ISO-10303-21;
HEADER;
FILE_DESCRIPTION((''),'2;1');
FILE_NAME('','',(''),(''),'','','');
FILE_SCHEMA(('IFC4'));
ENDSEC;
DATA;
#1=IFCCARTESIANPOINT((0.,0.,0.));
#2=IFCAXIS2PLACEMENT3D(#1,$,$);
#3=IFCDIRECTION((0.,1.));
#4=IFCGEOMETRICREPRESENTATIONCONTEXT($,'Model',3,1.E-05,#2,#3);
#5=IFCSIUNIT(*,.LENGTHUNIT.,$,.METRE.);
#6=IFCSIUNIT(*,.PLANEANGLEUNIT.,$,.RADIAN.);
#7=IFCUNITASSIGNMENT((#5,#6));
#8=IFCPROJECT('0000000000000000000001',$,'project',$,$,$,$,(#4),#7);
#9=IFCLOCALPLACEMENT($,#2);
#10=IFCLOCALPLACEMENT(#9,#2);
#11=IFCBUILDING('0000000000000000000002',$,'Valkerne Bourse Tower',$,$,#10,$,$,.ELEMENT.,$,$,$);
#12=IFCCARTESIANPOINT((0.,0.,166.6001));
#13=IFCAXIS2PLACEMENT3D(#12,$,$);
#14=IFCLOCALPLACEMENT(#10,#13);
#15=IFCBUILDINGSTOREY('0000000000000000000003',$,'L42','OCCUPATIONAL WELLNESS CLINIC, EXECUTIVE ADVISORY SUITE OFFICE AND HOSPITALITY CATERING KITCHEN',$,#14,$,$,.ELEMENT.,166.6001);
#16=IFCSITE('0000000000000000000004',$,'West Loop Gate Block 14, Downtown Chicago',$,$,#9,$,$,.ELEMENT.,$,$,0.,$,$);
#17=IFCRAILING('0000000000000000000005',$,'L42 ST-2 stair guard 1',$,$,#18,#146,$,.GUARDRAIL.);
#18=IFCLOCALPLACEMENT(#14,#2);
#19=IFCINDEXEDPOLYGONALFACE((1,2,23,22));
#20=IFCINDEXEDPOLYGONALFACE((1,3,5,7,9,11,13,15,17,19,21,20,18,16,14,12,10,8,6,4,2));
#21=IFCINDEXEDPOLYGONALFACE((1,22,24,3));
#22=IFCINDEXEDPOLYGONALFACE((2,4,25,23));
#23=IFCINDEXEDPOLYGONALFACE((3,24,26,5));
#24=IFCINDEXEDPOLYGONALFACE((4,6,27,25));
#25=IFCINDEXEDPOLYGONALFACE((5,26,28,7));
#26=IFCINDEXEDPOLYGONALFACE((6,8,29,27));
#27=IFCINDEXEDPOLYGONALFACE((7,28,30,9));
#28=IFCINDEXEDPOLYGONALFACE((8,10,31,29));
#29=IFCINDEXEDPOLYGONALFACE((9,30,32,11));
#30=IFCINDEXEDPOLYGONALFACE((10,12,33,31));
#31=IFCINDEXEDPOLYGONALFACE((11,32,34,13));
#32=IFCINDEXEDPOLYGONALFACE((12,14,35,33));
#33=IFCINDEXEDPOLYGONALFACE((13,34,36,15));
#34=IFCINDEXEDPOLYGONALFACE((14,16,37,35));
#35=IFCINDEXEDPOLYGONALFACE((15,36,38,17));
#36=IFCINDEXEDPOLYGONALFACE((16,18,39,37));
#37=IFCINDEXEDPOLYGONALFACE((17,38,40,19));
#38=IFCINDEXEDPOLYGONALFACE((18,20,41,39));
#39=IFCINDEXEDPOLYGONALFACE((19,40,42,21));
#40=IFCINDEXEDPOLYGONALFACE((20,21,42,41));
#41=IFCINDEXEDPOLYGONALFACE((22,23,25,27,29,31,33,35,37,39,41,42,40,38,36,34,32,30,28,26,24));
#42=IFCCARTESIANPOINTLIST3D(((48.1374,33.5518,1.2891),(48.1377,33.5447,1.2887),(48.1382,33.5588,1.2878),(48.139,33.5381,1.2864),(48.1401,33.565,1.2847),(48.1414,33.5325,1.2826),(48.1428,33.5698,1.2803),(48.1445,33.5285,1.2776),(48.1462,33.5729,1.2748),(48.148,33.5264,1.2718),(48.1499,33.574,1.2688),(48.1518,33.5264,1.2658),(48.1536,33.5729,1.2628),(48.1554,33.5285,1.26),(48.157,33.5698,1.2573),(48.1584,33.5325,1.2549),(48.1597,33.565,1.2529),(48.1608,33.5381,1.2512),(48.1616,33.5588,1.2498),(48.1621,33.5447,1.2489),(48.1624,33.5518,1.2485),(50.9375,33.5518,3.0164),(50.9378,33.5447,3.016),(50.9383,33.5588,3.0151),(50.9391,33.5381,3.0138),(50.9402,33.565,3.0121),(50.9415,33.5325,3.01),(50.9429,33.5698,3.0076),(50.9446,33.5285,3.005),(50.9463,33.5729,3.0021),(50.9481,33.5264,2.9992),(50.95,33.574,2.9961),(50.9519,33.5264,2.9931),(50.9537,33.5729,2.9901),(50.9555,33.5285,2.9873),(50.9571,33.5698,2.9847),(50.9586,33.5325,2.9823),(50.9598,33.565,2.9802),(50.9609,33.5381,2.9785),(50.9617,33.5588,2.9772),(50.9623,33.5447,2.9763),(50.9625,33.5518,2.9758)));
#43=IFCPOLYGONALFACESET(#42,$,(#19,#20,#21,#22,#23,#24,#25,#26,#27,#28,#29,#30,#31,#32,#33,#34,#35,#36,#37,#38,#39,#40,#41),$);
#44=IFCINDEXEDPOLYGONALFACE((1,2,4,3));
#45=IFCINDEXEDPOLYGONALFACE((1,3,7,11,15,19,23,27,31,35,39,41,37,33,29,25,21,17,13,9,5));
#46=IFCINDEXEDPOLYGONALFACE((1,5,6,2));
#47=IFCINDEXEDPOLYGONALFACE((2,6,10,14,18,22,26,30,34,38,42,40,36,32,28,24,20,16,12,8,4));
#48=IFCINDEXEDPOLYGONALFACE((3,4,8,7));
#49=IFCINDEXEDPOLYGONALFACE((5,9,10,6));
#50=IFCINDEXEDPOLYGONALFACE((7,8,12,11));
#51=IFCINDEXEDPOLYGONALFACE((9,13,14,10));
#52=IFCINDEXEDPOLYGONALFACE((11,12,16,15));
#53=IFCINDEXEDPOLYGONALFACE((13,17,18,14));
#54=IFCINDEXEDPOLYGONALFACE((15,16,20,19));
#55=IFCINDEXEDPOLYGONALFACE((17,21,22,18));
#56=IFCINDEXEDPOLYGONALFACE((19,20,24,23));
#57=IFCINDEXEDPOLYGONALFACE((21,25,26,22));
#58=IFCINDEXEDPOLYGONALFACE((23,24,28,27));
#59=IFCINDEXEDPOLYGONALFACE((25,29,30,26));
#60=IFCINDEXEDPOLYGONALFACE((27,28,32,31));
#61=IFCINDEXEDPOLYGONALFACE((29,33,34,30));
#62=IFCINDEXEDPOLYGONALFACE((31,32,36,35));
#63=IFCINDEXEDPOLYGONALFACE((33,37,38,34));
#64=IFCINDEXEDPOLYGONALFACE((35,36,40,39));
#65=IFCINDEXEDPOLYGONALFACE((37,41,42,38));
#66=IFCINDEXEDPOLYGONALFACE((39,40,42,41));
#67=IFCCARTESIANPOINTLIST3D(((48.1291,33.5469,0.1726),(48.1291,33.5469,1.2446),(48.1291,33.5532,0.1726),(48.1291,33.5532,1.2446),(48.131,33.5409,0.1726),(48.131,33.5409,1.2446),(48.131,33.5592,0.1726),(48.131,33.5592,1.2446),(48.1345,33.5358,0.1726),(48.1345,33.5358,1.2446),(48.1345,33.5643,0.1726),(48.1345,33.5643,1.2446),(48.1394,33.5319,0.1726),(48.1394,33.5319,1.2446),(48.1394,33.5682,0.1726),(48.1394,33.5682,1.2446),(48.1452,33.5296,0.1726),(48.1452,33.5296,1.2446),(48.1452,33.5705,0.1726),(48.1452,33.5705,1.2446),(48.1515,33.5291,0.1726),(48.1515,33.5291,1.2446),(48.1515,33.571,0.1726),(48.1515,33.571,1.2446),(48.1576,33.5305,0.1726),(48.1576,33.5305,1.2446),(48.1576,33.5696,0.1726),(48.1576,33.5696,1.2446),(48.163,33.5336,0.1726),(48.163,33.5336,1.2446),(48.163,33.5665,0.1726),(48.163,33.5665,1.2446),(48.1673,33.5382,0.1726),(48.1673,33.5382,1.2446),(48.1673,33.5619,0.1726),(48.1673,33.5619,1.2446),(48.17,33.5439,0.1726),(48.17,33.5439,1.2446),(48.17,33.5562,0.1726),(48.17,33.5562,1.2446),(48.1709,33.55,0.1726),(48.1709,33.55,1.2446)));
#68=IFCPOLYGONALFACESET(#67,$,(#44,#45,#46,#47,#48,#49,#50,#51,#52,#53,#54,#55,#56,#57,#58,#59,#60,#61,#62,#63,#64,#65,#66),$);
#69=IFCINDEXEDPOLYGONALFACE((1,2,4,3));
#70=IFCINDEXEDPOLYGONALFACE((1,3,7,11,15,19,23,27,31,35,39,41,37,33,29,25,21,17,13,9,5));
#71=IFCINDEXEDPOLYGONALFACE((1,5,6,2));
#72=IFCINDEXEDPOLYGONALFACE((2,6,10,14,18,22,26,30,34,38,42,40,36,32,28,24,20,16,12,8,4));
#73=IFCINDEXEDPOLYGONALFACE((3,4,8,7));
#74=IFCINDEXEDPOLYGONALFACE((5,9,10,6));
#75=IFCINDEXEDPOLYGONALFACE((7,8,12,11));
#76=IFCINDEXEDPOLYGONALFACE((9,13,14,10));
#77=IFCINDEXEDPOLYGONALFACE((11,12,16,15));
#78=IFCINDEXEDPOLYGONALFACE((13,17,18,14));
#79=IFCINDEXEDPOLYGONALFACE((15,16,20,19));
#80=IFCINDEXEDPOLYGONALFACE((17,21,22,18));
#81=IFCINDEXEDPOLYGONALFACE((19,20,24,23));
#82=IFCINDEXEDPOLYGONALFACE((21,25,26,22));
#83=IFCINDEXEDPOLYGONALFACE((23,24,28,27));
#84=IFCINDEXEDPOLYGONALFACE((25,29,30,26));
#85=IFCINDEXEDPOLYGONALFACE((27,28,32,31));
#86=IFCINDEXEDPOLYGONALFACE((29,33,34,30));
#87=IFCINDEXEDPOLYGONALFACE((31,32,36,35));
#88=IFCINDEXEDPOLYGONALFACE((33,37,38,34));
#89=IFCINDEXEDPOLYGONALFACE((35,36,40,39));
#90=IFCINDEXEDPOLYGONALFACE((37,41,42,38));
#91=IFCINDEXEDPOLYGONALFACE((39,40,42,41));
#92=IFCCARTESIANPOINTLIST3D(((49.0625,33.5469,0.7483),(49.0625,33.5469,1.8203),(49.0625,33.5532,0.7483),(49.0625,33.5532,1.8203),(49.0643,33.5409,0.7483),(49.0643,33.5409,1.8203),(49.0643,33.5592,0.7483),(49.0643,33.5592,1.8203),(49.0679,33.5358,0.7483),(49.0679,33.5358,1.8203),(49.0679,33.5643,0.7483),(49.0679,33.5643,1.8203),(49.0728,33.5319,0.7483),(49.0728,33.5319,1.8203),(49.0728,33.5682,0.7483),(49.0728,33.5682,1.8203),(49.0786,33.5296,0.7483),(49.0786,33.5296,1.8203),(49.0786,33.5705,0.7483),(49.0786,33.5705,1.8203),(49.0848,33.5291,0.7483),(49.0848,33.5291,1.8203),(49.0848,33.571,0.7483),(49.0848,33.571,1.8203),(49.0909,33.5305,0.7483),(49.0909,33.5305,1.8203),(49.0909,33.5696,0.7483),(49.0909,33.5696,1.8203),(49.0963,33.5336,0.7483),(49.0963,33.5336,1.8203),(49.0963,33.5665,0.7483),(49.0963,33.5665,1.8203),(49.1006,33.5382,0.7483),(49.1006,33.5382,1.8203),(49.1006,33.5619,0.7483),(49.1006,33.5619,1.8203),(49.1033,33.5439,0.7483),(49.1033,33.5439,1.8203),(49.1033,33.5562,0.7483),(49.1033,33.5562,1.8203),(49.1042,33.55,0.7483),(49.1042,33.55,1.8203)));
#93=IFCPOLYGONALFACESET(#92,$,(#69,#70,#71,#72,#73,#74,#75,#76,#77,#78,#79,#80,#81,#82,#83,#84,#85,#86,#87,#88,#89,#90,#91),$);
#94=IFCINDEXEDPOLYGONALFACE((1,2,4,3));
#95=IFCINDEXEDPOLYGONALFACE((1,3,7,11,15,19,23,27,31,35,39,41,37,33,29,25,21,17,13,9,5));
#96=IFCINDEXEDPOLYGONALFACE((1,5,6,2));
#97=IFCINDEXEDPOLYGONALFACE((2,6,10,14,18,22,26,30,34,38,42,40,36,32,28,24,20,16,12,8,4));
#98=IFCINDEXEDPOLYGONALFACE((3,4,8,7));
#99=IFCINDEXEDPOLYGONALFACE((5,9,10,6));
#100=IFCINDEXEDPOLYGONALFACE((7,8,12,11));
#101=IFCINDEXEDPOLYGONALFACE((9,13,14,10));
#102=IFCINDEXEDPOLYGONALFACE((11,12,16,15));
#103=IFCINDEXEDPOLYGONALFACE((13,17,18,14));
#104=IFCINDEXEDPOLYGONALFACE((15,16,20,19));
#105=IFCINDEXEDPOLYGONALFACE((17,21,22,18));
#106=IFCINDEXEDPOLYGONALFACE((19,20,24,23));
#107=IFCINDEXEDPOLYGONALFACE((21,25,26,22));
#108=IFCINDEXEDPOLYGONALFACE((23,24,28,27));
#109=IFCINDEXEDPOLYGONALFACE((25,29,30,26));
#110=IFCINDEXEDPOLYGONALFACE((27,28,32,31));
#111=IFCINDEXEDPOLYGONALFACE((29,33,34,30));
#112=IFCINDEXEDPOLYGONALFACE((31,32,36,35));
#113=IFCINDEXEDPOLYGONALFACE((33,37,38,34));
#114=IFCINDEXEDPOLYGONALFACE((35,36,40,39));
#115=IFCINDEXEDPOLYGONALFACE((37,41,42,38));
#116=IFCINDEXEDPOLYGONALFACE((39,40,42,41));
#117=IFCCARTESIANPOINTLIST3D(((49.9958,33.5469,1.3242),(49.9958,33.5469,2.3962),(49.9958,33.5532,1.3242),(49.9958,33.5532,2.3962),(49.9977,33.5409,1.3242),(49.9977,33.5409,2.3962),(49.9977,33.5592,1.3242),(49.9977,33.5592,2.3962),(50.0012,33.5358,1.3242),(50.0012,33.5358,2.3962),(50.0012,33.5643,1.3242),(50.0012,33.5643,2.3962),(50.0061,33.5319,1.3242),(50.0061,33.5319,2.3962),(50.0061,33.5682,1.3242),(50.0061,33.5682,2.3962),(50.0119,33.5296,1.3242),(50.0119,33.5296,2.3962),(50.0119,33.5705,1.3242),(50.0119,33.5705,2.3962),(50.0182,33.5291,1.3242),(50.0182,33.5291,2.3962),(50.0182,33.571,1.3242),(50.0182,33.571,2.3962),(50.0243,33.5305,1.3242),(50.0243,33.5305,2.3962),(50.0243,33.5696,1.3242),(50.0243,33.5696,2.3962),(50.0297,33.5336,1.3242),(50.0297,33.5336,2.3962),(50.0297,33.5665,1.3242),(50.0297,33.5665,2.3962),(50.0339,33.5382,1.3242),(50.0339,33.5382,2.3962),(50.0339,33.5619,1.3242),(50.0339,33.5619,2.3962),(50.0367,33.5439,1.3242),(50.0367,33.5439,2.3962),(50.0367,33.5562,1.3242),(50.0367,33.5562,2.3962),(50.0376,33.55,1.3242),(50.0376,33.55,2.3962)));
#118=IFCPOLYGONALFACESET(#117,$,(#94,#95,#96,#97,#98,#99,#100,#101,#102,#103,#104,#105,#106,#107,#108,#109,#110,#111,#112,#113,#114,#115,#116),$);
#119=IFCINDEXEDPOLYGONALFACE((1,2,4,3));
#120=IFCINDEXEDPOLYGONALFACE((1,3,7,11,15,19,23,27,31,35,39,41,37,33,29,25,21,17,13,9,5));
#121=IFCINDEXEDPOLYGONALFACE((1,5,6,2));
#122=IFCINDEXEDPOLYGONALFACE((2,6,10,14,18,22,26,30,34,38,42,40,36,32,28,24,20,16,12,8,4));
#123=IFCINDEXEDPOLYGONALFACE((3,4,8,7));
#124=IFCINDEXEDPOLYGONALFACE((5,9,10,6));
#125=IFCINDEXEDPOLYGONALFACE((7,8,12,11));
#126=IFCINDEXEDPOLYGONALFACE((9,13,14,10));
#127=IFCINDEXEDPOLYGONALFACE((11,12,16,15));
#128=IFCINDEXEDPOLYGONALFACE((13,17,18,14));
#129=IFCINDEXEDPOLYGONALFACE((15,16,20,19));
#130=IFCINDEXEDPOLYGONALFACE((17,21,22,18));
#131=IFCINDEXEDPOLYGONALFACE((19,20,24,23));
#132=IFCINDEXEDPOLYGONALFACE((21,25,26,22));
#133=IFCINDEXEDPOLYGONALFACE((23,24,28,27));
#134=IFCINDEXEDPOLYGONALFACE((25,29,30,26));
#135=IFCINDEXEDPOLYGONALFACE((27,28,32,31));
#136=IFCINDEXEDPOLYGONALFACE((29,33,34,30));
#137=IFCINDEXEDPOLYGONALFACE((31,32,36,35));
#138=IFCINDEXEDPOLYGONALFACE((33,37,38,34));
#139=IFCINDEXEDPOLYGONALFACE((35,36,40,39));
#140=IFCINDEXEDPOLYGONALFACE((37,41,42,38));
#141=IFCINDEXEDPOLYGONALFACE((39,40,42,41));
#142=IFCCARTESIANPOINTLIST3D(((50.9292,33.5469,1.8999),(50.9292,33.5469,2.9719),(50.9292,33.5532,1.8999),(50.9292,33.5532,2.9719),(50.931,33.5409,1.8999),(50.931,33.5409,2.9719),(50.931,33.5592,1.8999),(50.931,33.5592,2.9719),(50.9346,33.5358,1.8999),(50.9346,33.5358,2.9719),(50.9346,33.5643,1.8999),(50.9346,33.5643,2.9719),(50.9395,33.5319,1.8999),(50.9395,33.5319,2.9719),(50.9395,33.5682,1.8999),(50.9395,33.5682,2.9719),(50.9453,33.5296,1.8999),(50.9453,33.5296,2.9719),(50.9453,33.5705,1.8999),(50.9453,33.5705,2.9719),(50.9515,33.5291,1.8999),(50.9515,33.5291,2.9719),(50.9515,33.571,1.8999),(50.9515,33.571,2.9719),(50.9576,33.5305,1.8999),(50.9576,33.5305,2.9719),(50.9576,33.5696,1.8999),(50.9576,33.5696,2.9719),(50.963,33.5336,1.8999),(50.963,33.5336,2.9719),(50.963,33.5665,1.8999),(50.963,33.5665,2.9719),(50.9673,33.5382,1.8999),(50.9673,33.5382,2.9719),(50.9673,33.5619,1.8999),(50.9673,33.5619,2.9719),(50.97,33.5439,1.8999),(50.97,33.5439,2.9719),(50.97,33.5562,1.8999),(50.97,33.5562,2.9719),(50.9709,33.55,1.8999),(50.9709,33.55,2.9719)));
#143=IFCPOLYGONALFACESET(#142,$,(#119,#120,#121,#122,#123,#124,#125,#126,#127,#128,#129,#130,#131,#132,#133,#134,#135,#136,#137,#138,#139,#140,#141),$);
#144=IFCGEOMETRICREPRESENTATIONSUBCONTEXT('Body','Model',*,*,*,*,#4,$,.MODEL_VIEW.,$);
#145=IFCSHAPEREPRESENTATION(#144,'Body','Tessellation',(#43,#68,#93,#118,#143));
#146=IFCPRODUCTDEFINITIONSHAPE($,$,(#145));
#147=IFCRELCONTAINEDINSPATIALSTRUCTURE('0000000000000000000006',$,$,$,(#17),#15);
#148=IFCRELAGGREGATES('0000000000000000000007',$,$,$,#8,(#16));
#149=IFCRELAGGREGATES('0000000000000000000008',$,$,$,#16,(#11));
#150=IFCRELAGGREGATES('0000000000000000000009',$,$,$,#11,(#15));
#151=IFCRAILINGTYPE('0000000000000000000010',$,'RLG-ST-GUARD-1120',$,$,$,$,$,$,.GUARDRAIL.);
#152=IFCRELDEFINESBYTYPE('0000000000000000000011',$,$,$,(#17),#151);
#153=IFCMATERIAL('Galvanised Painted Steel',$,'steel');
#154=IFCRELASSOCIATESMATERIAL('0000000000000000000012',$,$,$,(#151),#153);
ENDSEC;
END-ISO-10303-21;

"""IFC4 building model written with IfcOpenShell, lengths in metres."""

from ifc_helpers import new_model, si_unit, direction, frame, origin, origin_2d, place, context, subcontext, project, spatial, circle, extrude, material, type_object, element, save


model = new_model("IFC4")

# Units and contexts
model_context = context("Model", 3, precision=1e-05, world=origin(), true_north=direction((0.0, 1.0)))
body_context = subcontext(model_context, "Body", "Model", "MODEL_VIEW")
ifc_project = project(units=[si_unit("LENGTHUNIT", "METRE"), si_unit("PLANEANGLEUNIT", "RADIAN")], contexts=[model_context])

# Site, building, storey
site_placement = place(None, origin())
site = spatial("IfcSite", under=ifc_project, at=site_placement, Name="West Loop Gate Block 14, Downtown Chicago", CompositionType="ELEMENT", RefElevation=0.0)
building_placement = place(site_placement, origin())
building = spatial("IfcBuilding", under=site, at=building_placement, Name="Valkerne Bourse Tower", CompositionType="ELEMENT")
storey_placement = place(building_placement, frame((0.0, 0.0, 166.6001)))
storey = spatial("IfcBuildingStorey", under=building, at=storey_placement, Name="L42", Description="OCCUPATIONAL WELLNESS CLINIC, EXECUTIVE ADVISORY SUITE OFFICE AND HOSPITALITY CATERING KITCHEN", CompositionType="ELEMENT", Elevation=166.6001)

# Shared definitions
ifc_material_1 = material(Name="Galvanised Painted Steel", Category="steel")

# Railing
railing_type_1 = type_object("IfcRailingType", Name="RLG-ST-GUARD-1120", PredefinedType="GUARDRAIL", material=ifc_material_1)
railing_1_placement = place(storey_placement, frame((48.1499, 33.55, 0.1726)))
element("IfcRailing", 1, at=railing_1_placement, inside=storey, type_object=railing_type_1, Name="L42 ST-2 stair guard 1", PredefinedType="GUARDRAIL", context=body_context, shape_type="SweptSolid", body=[
    extrude(circle(Radius=0.0239, at=origin_2d()), frame((0.0, 0.0, 1.0962), z_axis=(0.85109, 0.0, 0.52502), x_axis=(0.0, 1.0, 0.0)), (0.0, 0.0, 1.0), 3.29),
    extrude(circle(Radius=0.021, at=origin_2d()), origin(), (0.0, 0.0, 1.0), 1.072),
    extrude(circle(Radius=0.021, at=origin_2d()), frame((0.9333, 0.0, 0.5757)), (0.0, 0.0, 1.0), 1.072),
    extrude(circle(Radius=0.021, at=origin_2d()), frame((1.8667, 0.0, 1.1516)), (0.0, 0.0, 1.0), 1.072),
    extrude(circle(Radius=0.021, at=origin_2d()), frame((2.8, 0.0, 1.7273)), (0.0, 0.0, 1.0), 1.072),
])

save(model, "model.ifc")
